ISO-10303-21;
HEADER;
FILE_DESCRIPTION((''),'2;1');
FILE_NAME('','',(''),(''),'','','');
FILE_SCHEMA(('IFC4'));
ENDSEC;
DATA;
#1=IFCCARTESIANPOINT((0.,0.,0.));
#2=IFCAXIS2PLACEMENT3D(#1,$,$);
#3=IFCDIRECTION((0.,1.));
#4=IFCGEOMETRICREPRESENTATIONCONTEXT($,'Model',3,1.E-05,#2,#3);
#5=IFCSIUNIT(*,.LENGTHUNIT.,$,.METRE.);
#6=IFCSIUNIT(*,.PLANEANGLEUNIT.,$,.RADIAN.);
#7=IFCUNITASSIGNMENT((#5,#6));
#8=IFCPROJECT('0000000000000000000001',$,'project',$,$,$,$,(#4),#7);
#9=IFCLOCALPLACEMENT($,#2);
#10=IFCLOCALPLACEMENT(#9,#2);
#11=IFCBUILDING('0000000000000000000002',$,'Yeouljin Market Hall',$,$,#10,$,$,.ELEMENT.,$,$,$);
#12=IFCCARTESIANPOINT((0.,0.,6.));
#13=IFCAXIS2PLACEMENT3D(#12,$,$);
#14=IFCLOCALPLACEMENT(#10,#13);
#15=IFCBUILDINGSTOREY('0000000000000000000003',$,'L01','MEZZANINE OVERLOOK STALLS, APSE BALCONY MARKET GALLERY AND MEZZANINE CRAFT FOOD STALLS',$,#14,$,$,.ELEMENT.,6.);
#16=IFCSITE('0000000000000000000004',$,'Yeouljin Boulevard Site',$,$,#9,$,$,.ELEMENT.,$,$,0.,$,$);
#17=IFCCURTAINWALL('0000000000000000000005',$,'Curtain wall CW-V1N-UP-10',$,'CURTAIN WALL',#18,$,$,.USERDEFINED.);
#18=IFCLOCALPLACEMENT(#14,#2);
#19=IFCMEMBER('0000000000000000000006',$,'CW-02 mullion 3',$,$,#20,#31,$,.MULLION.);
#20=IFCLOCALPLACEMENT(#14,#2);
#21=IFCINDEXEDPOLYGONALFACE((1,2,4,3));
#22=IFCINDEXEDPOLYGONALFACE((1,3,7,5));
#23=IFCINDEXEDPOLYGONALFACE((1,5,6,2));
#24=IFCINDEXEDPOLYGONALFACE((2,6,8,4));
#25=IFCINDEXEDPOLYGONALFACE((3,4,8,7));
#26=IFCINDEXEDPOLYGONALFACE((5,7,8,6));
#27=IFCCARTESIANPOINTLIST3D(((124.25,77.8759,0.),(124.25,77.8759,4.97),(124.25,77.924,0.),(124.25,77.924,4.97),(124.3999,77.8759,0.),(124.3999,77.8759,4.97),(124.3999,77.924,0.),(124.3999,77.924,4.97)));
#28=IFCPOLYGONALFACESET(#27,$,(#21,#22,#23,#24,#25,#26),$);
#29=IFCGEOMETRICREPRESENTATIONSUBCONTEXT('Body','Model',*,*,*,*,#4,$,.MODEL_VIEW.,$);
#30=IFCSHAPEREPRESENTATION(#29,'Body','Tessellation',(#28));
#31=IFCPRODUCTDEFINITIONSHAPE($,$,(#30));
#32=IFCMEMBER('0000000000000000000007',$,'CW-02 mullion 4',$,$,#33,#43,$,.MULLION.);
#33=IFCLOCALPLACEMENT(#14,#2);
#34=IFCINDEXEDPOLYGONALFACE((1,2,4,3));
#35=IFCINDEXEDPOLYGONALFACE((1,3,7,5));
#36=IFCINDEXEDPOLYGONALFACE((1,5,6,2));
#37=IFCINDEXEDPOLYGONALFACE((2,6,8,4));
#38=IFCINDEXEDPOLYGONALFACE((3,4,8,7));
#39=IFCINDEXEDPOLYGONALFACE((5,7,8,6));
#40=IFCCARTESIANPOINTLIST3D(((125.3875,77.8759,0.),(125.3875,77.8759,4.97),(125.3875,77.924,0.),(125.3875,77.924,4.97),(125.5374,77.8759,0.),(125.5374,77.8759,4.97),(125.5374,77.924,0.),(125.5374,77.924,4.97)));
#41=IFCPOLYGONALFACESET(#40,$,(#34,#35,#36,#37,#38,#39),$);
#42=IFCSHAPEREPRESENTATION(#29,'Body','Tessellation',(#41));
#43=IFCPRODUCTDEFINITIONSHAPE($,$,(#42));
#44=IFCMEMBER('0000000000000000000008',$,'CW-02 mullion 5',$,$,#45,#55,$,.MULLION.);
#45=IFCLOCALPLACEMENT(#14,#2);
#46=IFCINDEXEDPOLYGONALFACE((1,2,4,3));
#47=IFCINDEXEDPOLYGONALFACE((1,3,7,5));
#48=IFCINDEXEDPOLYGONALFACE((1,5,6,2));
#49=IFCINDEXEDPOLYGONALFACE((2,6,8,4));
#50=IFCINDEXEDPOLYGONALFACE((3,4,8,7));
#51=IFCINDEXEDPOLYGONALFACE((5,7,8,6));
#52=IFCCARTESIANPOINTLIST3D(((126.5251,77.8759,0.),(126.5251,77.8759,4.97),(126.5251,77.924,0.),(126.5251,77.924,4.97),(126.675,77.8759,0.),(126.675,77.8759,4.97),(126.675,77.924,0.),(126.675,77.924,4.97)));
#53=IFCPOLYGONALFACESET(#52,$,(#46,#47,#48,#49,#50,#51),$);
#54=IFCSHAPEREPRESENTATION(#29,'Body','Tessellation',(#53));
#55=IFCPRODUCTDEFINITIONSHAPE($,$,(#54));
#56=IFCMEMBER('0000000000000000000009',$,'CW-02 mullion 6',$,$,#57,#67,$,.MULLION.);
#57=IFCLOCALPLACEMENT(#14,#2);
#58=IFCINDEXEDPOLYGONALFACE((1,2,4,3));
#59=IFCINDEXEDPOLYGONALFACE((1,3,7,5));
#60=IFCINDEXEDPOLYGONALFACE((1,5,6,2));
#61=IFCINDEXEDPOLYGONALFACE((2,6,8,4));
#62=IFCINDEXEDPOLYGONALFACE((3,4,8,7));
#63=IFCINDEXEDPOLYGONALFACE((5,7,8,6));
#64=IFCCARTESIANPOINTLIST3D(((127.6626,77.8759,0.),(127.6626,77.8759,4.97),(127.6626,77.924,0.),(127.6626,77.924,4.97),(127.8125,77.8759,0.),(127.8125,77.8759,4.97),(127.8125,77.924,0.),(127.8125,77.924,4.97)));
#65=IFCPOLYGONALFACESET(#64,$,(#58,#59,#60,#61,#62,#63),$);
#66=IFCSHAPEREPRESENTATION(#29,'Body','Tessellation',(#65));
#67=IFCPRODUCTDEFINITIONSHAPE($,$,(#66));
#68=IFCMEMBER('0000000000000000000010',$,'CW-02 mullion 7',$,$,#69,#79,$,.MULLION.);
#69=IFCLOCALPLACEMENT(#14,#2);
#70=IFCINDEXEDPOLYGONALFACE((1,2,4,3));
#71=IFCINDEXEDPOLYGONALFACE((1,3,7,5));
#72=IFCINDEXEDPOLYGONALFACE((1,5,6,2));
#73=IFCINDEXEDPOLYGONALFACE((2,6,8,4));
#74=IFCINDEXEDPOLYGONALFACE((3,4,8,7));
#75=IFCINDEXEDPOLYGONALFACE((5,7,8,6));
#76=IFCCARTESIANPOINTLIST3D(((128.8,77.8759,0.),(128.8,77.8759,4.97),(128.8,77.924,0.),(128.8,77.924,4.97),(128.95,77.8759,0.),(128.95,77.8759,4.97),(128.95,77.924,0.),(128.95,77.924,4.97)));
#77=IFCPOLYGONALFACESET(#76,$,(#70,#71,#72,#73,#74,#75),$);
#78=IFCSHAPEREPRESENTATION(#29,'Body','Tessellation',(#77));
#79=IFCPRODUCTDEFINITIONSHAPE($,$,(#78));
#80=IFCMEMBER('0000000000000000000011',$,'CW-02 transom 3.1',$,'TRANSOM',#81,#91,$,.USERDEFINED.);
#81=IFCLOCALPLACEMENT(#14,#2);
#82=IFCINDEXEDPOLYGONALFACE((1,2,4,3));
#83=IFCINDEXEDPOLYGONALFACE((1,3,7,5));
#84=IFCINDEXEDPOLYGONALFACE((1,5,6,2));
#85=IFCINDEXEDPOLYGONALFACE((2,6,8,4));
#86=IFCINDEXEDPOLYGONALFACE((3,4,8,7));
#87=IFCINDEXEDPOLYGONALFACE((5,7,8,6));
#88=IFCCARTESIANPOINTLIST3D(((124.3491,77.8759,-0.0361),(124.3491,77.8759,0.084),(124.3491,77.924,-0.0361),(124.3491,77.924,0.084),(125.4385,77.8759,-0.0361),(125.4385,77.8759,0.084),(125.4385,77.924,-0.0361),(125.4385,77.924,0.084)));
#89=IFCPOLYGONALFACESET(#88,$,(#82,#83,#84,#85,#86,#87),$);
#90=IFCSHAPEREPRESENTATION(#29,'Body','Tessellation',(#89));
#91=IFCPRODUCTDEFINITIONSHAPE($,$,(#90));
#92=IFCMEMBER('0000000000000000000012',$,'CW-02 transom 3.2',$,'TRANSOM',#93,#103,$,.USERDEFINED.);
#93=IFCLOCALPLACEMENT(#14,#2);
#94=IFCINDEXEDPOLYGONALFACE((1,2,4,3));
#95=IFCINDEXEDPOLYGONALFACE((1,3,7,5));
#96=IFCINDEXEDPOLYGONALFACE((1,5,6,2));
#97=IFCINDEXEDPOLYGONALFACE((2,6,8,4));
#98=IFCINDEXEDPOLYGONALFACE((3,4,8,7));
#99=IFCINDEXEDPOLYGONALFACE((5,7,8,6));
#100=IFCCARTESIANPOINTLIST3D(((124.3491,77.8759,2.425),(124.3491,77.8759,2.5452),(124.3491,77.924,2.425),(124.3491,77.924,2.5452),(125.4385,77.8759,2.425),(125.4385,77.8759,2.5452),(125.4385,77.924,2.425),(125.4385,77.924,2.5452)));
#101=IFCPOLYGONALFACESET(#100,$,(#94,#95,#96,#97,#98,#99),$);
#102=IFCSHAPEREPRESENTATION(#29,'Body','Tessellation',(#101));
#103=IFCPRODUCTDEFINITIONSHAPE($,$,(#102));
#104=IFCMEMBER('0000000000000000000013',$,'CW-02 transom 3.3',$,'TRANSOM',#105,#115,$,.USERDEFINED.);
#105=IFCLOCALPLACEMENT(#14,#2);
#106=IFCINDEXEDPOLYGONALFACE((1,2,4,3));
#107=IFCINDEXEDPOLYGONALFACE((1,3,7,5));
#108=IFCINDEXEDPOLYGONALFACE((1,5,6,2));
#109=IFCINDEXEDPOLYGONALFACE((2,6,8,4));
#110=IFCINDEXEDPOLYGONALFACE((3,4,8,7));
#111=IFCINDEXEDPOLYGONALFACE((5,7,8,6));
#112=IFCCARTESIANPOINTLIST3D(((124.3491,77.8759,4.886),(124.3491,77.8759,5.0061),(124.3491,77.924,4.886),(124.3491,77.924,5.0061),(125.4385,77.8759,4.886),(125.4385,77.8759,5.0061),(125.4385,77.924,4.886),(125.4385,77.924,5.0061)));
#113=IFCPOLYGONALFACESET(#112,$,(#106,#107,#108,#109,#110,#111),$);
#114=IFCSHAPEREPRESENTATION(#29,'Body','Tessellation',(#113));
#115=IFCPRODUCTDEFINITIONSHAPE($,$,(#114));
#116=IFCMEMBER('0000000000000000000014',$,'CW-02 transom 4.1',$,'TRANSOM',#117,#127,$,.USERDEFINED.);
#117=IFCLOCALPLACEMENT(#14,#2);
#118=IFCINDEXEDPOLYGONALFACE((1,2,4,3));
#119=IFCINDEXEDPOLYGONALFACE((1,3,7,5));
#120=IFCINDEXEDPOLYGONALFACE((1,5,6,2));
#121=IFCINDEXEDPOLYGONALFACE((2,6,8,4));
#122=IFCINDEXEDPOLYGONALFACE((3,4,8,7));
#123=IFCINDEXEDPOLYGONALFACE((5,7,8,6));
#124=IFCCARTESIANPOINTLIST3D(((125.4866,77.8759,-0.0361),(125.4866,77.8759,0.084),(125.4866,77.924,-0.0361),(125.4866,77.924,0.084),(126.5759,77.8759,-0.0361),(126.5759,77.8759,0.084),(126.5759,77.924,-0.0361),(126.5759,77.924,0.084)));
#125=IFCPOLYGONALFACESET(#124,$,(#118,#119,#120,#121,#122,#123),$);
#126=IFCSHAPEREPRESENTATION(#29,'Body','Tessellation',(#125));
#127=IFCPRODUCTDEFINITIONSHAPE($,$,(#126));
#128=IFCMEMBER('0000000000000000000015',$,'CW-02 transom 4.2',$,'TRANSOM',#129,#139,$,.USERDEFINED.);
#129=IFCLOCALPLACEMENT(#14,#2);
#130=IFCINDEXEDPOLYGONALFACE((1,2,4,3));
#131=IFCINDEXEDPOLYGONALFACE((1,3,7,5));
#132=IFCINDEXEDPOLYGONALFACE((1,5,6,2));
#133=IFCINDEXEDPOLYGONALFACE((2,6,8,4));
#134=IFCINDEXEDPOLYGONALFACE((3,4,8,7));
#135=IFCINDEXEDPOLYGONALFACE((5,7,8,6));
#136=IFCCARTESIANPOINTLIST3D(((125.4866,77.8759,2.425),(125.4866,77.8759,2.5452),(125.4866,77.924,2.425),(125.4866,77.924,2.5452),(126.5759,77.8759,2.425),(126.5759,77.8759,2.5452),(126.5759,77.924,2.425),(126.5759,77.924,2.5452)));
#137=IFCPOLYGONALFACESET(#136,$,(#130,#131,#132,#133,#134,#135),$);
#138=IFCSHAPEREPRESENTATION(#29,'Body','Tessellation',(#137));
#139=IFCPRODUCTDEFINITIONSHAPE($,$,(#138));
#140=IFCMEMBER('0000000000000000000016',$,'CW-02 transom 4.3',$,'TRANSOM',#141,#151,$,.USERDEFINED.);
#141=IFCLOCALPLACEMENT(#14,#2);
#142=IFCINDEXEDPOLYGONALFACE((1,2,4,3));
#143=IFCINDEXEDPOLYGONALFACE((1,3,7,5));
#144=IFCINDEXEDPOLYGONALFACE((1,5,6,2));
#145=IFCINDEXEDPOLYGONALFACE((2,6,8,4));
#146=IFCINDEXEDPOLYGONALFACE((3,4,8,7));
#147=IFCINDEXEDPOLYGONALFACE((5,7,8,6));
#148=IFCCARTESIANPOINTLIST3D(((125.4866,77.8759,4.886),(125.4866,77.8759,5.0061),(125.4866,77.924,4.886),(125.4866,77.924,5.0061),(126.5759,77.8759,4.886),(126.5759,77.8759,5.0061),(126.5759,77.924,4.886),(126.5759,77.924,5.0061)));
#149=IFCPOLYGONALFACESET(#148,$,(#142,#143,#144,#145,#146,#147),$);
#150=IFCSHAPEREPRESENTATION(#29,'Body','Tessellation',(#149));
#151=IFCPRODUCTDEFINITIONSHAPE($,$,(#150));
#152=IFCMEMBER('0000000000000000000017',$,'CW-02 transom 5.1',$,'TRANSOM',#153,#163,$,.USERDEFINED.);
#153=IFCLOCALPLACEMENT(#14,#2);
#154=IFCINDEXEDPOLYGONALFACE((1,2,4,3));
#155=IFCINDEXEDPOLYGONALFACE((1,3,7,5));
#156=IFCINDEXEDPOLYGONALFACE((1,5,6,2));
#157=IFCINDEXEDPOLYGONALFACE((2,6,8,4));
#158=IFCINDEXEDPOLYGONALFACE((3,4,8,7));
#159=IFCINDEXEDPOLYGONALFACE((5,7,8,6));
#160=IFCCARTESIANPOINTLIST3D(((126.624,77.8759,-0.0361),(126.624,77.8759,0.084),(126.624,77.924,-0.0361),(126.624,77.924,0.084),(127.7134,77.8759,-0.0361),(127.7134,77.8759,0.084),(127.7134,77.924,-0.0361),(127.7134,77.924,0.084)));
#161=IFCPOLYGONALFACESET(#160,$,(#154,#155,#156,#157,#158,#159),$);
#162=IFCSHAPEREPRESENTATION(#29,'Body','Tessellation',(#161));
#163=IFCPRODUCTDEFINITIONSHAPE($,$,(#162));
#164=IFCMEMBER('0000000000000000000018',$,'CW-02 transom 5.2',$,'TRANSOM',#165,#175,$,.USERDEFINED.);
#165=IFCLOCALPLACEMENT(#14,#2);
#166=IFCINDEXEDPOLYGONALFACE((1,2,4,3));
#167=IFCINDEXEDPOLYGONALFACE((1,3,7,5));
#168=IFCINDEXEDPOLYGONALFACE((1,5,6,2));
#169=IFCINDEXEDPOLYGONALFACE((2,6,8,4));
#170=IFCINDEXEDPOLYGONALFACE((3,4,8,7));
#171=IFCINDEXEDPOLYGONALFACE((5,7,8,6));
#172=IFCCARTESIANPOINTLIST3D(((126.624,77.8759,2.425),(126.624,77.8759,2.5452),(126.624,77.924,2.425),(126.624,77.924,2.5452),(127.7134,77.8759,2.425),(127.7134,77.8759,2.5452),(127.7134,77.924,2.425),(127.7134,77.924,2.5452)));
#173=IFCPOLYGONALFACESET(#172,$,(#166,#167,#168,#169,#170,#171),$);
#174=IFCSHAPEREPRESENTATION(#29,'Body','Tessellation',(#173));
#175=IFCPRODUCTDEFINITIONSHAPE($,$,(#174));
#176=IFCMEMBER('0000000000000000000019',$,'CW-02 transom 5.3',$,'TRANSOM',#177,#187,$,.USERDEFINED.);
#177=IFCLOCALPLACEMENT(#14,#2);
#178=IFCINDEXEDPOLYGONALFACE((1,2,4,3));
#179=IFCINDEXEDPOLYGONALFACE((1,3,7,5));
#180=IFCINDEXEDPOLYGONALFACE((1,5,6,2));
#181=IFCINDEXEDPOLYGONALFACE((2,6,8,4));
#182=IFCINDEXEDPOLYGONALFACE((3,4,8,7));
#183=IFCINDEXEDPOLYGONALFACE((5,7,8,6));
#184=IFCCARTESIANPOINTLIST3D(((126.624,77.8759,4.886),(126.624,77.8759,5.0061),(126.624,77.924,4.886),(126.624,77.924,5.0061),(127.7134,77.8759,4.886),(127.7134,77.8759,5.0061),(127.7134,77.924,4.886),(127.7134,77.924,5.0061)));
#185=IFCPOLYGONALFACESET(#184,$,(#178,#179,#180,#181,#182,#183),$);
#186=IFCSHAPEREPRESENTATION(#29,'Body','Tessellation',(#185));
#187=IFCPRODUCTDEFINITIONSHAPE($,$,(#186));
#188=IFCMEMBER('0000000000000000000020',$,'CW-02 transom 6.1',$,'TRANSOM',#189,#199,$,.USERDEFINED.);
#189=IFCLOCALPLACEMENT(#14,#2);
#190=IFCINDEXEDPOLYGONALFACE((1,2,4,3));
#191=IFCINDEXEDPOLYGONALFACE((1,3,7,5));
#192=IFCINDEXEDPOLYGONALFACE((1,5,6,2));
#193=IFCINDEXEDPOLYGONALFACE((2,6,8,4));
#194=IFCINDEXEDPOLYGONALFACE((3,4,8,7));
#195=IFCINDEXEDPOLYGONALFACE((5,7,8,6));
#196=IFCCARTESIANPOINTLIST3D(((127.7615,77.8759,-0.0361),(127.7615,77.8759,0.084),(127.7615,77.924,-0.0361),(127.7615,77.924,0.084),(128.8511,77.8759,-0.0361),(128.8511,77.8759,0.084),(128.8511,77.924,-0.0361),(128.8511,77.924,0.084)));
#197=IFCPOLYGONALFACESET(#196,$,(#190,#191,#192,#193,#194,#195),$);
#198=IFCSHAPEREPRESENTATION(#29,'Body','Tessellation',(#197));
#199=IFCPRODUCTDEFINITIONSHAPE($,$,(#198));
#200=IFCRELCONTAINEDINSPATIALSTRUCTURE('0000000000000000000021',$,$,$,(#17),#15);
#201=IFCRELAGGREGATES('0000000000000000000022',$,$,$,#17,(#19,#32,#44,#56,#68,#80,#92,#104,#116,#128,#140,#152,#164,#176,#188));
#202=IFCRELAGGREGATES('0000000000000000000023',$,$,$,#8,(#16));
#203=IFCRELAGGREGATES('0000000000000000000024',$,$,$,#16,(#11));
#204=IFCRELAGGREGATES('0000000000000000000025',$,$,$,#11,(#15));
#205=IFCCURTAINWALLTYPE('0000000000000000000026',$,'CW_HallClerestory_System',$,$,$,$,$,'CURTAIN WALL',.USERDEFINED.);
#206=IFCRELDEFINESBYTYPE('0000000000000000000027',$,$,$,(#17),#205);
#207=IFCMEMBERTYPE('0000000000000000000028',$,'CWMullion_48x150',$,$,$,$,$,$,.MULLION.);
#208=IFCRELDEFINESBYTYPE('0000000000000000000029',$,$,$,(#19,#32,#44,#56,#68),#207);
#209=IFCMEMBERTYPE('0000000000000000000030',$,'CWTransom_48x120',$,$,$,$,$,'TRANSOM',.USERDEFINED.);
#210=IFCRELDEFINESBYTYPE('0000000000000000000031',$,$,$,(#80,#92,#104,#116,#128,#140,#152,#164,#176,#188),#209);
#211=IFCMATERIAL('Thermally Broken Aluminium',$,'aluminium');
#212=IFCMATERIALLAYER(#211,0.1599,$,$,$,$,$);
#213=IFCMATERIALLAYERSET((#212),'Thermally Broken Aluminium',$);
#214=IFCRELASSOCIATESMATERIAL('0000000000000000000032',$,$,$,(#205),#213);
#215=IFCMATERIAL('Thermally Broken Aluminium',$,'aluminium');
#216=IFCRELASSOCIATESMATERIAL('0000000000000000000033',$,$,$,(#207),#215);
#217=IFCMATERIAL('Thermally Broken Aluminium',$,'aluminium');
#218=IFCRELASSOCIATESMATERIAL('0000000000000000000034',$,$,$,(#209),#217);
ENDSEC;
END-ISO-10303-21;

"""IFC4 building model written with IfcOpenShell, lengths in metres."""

from ifc_helpers import new_model, si_unit, direction, frame, origin, origin_2d, place, context, subcontext, project, spatial, rectangle, extrude, material, layer, layer_set, material_profile, profile_set, type_object, element, aggregate, save


model = new_model("IFC4")

# Units and contexts
model_context = context("Model", 3, precision=1e-05, world=origin(), true_north=direction((0.0, 1.0)))
body_context = subcontext(model_context, "Body", "Model", "MODEL_VIEW")
ifc_project = project(units=[si_unit("LENGTHUNIT", "METRE"), si_unit("PLANEANGLEUNIT", "RADIAN")], contexts=[model_context])

# Site, building, storey
site_placement = place(None, origin())
site = spatial("IfcSite", under=ifc_project, at=site_placement, Name="Yeouljin Boulevard Site", CompositionType="ELEMENT", RefElevation=0.0)
building_placement = place(site_placement, origin())
building = spatial("IfcBuilding", under=site, at=building_placement, Name="Yeouljin Market Hall", CompositionType="ELEMENT")
storey_placement = place(building_placement, frame((0.0, 0.0, 6.0)))
storey = spatial("IfcBuildingStorey", under=building, at=storey_placement, Name="L01", Description="MEZZANINE OVERLOOK STALLS, APSE BALCONY MARKET GALLERY AND MEZZANINE CRAFT FOOD STALLS", CompositionType="ELEMENT", Elevation=6.0)

# Curtain wall, members
ifc_material_1 = material(Name="Thermally Broken Aluminium", Category="aluminium")
ifc_layer_1 = layer(ifc_material_1, 0.1599)
ifc_layer_set_1 = layer_set([ifc_layer_1], Name="Thermally Broken Aluminium")
curtain_wall_type = type_object("IfcCurtainWallType", Name="CW_HallClerestory_System", ElementType="CURTAIN WALL", PredefinedType="USERDEFINED", material=ifc_layer_set_1)
curtain_wall_placement = place(storey_placement, origin())
curtain_wall = element("IfcCurtainWall", 1, at=curtain_wall_placement, inside=storey, type_object=curtain_wall_type, Name="Curtain wall CW-V1N-UP-10", ObjectType="CURTAIN WALL", PredefinedType="USERDEFINED")
ifc_material_2 = material(Name="Thermally Broken Aluminium", Category="aluminium")
ifc_material_profile_1 = material_profile(ifc_material_2, rectangle(XDim=0.0481, YDim=0.1499, at=origin_2d()), Name="CW-MULL-48x150")
ifc_profile_set_1 = profile_set([ifc_material_profile_1], Name="Thermally Broken Aluminium")
member_type_1 = type_object("IfcMemberType", Name="CWMullion_48x150", PredefinedType="MULLION", material=ifc_profile_set_1)
member_1_placement = place(storey_placement, frame((124.325, 77.8999, 0.0), z_axis=(0.0, 0.0, 1.0), x_axis=(0.0, 1.0, 0.0)))
member_1 = element("IfcMember", 2, at=member_1_placement, type_object=member_type_1, Name="CW-02 mullion 3", PredefinedType="MULLION", context=body_context, shape_type="SweptSolid", body=[
    extrude(rectangle(XDim=0.0481, YDim=0.1499, at=origin_2d()), origin(), (0.0, 0.0, 1.0), 4.97),
])
member_2_placement = place(storey_placement, frame((125.4624, 77.8999, 0.0), z_axis=(0.0, 0.0, 1.0), x_axis=(0.0, 1.0, 0.0)))
member_2 = element("IfcMember", 3, at=member_2_placement, type_object=member_type_1, Name="CW-02 mullion 4", PredefinedType="MULLION", context=body_context, shape_type="SweptSolid", body=[
    extrude(rectangle(XDim=0.0481, YDim=0.1499, at=origin_2d()), origin(), (0.0, 0.0, 1.0), 4.97),
])
member_3_placement = place(storey_placement, frame((126.6001, 77.8999, 0.0), z_axis=(0.0, 0.0, 1.0), x_axis=(0.0, 1.0, 0.0)))
member_3 = element("IfcMember", 4, at=member_3_placement, type_object=member_type_1, Name="CW-02 mullion 5", PredefinedType="MULLION", context=body_context, shape_type="SweptSolid", body=[
    extrude(rectangle(XDim=0.0481, YDim=0.1499, at=origin_2d()), origin(), (0.0, 0.0, 1.0), 4.97),
])
member_4_placement = place(storey_placement, frame((127.7375, 77.8999, 0.0), z_axis=(0.0, 0.0, 1.0), x_axis=(0.0, 1.0, 0.0)))
member_4 = element("IfcMember", 5, at=member_4_placement, type_object=member_type_1, Name="CW-02 mullion 6", PredefinedType="MULLION", context=body_context, shape_type="SweptSolid", body=[
    extrude(rectangle(XDim=0.0481, YDim=0.1499, at=origin_2d()), origin(), (0.0, 0.0, 1.0), 4.97),
])
member_5_placement = place(storey_placement, frame((128.875, 77.8999, 0.0), z_axis=(0.0, 0.0, 1.0), x_axis=(0.0, 1.0, 0.0)))
member_5 = element("IfcMember", 6, at=member_5_placement, type_object=member_type_1, Name="CW-02 mullion 7", PredefinedType="MULLION", context=body_context, shape_type="SweptSolid", body=[
    extrude(rectangle(XDim=0.0481, YDim=0.1499, at=origin_2d()), origin(), (0.0, 0.0, 1.0), 4.97),
])
ifc_material_3 = material(Name="Thermally Broken Aluminium", Category="aluminium")
ifc_material_profile_2 = material_profile(ifc_material_3, rectangle(XDim=0.0481, YDim=0.1201, at=origin_2d()), Name="CW-TRAN-48x120")
ifc_profile_set_2 = profile_set([ifc_material_profile_2], Name="Thermally Broken Aluminium")
member_type_2 = type_object("IfcMemberType", Name="CWTransom_48x120", ElementType="TRANSOM", PredefinedType="USERDEFINED", material=ifc_profile_set_2)
member_6_placement = place(storey_placement, frame((124.3491, 77.8999, 0.0239), z_axis=(1.0, 0.0, 0.0), x_axis=(0.0, 1.0, 0.0)))
member_6 = element("IfcMember", 7, at=member_6_placement, type_object=member_type_2, Name="CW-02 transom 3.1", ObjectType="TRANSOM", PredefinedType="USERDEFINED", context=body_context, shape_type="SweptSolid", body=[
    extrude(rectangle(XDim=0.0481, YDim=0.1201, at=origin_2d()), origin(), (0.0, 0.0, 1.0), 1.0894),
])
member_7_placement = place(storey_placement, frame((124.3491, 77.8999, 2.4851), z_axis=(1.0, 0.0, 0.0), x_axis=(0.0, 1.0, 0.0)))
member_7 = element("IfcMember", 8, at=member_7_placement, type_object=member_type_2, Name="CW-02 transom 3.2", ObjectType="TRANSOM", PredefinedType="USERDEFINED", context=body_context, shape_type="SweptSolid", body=[
    extrude(rectangle(XDim=0.0481, YDim=0.1201, at=origin_2d()), origin(), (0.0, 0.0, 1.0), 1.0894),
])
member_8_placement = place(storey_placement, frame((124.3491, 77.8999, 4.946), z_axis=(1.0, 0.0, 0.0), x_axis=(0.0, 1.0, 0.0)))
member_8 = element("IfcMember", 9, at=member_8_placement, type_object=member_type_2, Name="CW-02 transom 3.3", ObjectType="TRANSOM", PredefinedType="USERDEFINED", context=body_context, shape_type="SweptSolid", body=[
    extrude(rectangle(XDim=0.0481, YDim=0.1201, at=origin_2d()), origin(), (0.0, 0.0, 1.0), 1.0894),
])
member_9_placement = place(storey_placement, frame((125.4866, 77.8999, 0.0239), z_axis=(1.0, 0.0, 0.0), x_axis=(0.0, 1.0, 0.0)))
member_9 = element("IfcMember", 10, at=member_9_placement, type_object=member_type_2, Name="CW-02 transom 4.1", ObjectType="TRANSOM", PredefinedType="USERDEFINED", context=body_context, shape_type="SweptSolid", body=[
    extrude(rectangle(XDim=0.0481, YDim=0.1201, at=origin_2d()), origin(), (0.0, 0.0, 1.0), 1.0894),
])
member_10_placement = place(storey_placement, frame((125.4866, 77.8999, 2.4851), z_axis=(1.0, 0.0, 0.0), x_axis=(0.0, 1.0, 0.0)))
member_10 = element("IfcMember", 11, at=member_10_placement, type_object=member_type_2, Name="CW-02 transom 4.2", ObjectType="TRANSOM", PredefinedType="USERDEFINED", context=body_context, shape_type="SweptSolid", body=[
    extrude(rectangle(XDim=0.0481, YDim=0.1201, at=origin_2d()), origin(), (0.0, 0.0, 1.0), 1.0894),
])
member_11_placement = place(storey_placement, frame((125.4866, 77.8999, 4.946), z_axis=(1.0, 0.0, 0.0), x_axis=(0.0, 1.0, 0.0)))
member_11 = element("IfcMember", 12, at=member_11_placement, type_object=member_type_2, Name="CW-02 transom 4.3", ObjectType="TRANSOM", PredefinedType="USERDEFINED", context=body_context, shape_type="SweptSolid", body=[
    extrude(rectangle(XDim=0.0481, YDim=0.1201, at=origin_2d()), origin(), (0.0, 0.0, 1.0), 1.0894),
])
member_12_placement = place(storey_placement, frame((126.624, 77.8999, 0.0239), z_axis=(1.0, 0.0, 0.0), x_axis=(0.0, 1.0, 0.0)))
member_12 = element("IfcMember", 13, at=member_12_placement, type_object=member_type_2, Name="CW-02 transom 5.1", ObjectType="TRANSOM", PredefinedType="USERDEFINED", context=body_context, shape_type="SweptSolid", body=[
    extrude(rectangle(XDim=0.0481, YDim=0.1201, at=origin_2d()), origin(), (0.0, 0.0, 1.0), 1.0894),
])
member_13_placement = place(storey_placement, frame((126.624, 77.8999, 2.4851), z_axis=(1.0, 0.0, 0.0), x_axis=(0.0, 1.0, 0.0)))
member_13 = element("IfcMember", 14, at=member_13_placement, type_object=member_type_2, Name="CW-02 transom 5.2", ObjectType="TRANSOM", PredefinedType="USERDEFINED", context=body_context, shape_type="SweptSolid", body=[
    extrude(rectangle(XDim=0.0481, YDim=0.1201, at=origin_2d()), origin(), (0.0, 0.0, 1.0), 1.0894),
])
member_14_placement = place(storey_placement, frame((126.624, 77.8999, 4.946), z_axis=(1.0, 0.0, 0.0), x_axis=(0.0, 1.0, 0.0)))
member_14 = element("IfcMember", 15, at=member_14_placement, type_object=member_type_2, Name="CW-02 transom 5.3", ObjectType="TRANSOM", PredefinedType="USERDEFINED", context=body_context, shape_type="SweptSolid", body=[
    extrude(rectangle(XDim=0.0481, YDim=0.1201, at=origin_2d()), origin(), (0.0, 0.0, 1.0), 1.0894),
])
member_15_placement = place(storey_placement, frame((127.7615, 77.8999, 0.0239), z_axis=(1.0, 0.0, 0.0), x_axis=(0.0, 1.0, 0.0)))
member_15 = element("IfcMember", 16, at=member_15_placement, type_object=member_type_2, Name="CW-02 transom 6.1", ObjectType="TRANSOM", PredefinedType="USERDEFINED", context=body_context, shape_type="SweptSolid", body=[
    extrude(rectangle(XDim=0.0481, YDim=0.1201, at=origin_2d()), origin(), (0.0, 0.0, 1.0), 1.0896),
])
aggregate(curtain_wall, [member_1, member_2, member_3, member_4, member_5, member_6, member_7, member_8, member_9, member_10, member_11, member_12, member_13, member_14, member_15])

save(model, "model.ifc")
